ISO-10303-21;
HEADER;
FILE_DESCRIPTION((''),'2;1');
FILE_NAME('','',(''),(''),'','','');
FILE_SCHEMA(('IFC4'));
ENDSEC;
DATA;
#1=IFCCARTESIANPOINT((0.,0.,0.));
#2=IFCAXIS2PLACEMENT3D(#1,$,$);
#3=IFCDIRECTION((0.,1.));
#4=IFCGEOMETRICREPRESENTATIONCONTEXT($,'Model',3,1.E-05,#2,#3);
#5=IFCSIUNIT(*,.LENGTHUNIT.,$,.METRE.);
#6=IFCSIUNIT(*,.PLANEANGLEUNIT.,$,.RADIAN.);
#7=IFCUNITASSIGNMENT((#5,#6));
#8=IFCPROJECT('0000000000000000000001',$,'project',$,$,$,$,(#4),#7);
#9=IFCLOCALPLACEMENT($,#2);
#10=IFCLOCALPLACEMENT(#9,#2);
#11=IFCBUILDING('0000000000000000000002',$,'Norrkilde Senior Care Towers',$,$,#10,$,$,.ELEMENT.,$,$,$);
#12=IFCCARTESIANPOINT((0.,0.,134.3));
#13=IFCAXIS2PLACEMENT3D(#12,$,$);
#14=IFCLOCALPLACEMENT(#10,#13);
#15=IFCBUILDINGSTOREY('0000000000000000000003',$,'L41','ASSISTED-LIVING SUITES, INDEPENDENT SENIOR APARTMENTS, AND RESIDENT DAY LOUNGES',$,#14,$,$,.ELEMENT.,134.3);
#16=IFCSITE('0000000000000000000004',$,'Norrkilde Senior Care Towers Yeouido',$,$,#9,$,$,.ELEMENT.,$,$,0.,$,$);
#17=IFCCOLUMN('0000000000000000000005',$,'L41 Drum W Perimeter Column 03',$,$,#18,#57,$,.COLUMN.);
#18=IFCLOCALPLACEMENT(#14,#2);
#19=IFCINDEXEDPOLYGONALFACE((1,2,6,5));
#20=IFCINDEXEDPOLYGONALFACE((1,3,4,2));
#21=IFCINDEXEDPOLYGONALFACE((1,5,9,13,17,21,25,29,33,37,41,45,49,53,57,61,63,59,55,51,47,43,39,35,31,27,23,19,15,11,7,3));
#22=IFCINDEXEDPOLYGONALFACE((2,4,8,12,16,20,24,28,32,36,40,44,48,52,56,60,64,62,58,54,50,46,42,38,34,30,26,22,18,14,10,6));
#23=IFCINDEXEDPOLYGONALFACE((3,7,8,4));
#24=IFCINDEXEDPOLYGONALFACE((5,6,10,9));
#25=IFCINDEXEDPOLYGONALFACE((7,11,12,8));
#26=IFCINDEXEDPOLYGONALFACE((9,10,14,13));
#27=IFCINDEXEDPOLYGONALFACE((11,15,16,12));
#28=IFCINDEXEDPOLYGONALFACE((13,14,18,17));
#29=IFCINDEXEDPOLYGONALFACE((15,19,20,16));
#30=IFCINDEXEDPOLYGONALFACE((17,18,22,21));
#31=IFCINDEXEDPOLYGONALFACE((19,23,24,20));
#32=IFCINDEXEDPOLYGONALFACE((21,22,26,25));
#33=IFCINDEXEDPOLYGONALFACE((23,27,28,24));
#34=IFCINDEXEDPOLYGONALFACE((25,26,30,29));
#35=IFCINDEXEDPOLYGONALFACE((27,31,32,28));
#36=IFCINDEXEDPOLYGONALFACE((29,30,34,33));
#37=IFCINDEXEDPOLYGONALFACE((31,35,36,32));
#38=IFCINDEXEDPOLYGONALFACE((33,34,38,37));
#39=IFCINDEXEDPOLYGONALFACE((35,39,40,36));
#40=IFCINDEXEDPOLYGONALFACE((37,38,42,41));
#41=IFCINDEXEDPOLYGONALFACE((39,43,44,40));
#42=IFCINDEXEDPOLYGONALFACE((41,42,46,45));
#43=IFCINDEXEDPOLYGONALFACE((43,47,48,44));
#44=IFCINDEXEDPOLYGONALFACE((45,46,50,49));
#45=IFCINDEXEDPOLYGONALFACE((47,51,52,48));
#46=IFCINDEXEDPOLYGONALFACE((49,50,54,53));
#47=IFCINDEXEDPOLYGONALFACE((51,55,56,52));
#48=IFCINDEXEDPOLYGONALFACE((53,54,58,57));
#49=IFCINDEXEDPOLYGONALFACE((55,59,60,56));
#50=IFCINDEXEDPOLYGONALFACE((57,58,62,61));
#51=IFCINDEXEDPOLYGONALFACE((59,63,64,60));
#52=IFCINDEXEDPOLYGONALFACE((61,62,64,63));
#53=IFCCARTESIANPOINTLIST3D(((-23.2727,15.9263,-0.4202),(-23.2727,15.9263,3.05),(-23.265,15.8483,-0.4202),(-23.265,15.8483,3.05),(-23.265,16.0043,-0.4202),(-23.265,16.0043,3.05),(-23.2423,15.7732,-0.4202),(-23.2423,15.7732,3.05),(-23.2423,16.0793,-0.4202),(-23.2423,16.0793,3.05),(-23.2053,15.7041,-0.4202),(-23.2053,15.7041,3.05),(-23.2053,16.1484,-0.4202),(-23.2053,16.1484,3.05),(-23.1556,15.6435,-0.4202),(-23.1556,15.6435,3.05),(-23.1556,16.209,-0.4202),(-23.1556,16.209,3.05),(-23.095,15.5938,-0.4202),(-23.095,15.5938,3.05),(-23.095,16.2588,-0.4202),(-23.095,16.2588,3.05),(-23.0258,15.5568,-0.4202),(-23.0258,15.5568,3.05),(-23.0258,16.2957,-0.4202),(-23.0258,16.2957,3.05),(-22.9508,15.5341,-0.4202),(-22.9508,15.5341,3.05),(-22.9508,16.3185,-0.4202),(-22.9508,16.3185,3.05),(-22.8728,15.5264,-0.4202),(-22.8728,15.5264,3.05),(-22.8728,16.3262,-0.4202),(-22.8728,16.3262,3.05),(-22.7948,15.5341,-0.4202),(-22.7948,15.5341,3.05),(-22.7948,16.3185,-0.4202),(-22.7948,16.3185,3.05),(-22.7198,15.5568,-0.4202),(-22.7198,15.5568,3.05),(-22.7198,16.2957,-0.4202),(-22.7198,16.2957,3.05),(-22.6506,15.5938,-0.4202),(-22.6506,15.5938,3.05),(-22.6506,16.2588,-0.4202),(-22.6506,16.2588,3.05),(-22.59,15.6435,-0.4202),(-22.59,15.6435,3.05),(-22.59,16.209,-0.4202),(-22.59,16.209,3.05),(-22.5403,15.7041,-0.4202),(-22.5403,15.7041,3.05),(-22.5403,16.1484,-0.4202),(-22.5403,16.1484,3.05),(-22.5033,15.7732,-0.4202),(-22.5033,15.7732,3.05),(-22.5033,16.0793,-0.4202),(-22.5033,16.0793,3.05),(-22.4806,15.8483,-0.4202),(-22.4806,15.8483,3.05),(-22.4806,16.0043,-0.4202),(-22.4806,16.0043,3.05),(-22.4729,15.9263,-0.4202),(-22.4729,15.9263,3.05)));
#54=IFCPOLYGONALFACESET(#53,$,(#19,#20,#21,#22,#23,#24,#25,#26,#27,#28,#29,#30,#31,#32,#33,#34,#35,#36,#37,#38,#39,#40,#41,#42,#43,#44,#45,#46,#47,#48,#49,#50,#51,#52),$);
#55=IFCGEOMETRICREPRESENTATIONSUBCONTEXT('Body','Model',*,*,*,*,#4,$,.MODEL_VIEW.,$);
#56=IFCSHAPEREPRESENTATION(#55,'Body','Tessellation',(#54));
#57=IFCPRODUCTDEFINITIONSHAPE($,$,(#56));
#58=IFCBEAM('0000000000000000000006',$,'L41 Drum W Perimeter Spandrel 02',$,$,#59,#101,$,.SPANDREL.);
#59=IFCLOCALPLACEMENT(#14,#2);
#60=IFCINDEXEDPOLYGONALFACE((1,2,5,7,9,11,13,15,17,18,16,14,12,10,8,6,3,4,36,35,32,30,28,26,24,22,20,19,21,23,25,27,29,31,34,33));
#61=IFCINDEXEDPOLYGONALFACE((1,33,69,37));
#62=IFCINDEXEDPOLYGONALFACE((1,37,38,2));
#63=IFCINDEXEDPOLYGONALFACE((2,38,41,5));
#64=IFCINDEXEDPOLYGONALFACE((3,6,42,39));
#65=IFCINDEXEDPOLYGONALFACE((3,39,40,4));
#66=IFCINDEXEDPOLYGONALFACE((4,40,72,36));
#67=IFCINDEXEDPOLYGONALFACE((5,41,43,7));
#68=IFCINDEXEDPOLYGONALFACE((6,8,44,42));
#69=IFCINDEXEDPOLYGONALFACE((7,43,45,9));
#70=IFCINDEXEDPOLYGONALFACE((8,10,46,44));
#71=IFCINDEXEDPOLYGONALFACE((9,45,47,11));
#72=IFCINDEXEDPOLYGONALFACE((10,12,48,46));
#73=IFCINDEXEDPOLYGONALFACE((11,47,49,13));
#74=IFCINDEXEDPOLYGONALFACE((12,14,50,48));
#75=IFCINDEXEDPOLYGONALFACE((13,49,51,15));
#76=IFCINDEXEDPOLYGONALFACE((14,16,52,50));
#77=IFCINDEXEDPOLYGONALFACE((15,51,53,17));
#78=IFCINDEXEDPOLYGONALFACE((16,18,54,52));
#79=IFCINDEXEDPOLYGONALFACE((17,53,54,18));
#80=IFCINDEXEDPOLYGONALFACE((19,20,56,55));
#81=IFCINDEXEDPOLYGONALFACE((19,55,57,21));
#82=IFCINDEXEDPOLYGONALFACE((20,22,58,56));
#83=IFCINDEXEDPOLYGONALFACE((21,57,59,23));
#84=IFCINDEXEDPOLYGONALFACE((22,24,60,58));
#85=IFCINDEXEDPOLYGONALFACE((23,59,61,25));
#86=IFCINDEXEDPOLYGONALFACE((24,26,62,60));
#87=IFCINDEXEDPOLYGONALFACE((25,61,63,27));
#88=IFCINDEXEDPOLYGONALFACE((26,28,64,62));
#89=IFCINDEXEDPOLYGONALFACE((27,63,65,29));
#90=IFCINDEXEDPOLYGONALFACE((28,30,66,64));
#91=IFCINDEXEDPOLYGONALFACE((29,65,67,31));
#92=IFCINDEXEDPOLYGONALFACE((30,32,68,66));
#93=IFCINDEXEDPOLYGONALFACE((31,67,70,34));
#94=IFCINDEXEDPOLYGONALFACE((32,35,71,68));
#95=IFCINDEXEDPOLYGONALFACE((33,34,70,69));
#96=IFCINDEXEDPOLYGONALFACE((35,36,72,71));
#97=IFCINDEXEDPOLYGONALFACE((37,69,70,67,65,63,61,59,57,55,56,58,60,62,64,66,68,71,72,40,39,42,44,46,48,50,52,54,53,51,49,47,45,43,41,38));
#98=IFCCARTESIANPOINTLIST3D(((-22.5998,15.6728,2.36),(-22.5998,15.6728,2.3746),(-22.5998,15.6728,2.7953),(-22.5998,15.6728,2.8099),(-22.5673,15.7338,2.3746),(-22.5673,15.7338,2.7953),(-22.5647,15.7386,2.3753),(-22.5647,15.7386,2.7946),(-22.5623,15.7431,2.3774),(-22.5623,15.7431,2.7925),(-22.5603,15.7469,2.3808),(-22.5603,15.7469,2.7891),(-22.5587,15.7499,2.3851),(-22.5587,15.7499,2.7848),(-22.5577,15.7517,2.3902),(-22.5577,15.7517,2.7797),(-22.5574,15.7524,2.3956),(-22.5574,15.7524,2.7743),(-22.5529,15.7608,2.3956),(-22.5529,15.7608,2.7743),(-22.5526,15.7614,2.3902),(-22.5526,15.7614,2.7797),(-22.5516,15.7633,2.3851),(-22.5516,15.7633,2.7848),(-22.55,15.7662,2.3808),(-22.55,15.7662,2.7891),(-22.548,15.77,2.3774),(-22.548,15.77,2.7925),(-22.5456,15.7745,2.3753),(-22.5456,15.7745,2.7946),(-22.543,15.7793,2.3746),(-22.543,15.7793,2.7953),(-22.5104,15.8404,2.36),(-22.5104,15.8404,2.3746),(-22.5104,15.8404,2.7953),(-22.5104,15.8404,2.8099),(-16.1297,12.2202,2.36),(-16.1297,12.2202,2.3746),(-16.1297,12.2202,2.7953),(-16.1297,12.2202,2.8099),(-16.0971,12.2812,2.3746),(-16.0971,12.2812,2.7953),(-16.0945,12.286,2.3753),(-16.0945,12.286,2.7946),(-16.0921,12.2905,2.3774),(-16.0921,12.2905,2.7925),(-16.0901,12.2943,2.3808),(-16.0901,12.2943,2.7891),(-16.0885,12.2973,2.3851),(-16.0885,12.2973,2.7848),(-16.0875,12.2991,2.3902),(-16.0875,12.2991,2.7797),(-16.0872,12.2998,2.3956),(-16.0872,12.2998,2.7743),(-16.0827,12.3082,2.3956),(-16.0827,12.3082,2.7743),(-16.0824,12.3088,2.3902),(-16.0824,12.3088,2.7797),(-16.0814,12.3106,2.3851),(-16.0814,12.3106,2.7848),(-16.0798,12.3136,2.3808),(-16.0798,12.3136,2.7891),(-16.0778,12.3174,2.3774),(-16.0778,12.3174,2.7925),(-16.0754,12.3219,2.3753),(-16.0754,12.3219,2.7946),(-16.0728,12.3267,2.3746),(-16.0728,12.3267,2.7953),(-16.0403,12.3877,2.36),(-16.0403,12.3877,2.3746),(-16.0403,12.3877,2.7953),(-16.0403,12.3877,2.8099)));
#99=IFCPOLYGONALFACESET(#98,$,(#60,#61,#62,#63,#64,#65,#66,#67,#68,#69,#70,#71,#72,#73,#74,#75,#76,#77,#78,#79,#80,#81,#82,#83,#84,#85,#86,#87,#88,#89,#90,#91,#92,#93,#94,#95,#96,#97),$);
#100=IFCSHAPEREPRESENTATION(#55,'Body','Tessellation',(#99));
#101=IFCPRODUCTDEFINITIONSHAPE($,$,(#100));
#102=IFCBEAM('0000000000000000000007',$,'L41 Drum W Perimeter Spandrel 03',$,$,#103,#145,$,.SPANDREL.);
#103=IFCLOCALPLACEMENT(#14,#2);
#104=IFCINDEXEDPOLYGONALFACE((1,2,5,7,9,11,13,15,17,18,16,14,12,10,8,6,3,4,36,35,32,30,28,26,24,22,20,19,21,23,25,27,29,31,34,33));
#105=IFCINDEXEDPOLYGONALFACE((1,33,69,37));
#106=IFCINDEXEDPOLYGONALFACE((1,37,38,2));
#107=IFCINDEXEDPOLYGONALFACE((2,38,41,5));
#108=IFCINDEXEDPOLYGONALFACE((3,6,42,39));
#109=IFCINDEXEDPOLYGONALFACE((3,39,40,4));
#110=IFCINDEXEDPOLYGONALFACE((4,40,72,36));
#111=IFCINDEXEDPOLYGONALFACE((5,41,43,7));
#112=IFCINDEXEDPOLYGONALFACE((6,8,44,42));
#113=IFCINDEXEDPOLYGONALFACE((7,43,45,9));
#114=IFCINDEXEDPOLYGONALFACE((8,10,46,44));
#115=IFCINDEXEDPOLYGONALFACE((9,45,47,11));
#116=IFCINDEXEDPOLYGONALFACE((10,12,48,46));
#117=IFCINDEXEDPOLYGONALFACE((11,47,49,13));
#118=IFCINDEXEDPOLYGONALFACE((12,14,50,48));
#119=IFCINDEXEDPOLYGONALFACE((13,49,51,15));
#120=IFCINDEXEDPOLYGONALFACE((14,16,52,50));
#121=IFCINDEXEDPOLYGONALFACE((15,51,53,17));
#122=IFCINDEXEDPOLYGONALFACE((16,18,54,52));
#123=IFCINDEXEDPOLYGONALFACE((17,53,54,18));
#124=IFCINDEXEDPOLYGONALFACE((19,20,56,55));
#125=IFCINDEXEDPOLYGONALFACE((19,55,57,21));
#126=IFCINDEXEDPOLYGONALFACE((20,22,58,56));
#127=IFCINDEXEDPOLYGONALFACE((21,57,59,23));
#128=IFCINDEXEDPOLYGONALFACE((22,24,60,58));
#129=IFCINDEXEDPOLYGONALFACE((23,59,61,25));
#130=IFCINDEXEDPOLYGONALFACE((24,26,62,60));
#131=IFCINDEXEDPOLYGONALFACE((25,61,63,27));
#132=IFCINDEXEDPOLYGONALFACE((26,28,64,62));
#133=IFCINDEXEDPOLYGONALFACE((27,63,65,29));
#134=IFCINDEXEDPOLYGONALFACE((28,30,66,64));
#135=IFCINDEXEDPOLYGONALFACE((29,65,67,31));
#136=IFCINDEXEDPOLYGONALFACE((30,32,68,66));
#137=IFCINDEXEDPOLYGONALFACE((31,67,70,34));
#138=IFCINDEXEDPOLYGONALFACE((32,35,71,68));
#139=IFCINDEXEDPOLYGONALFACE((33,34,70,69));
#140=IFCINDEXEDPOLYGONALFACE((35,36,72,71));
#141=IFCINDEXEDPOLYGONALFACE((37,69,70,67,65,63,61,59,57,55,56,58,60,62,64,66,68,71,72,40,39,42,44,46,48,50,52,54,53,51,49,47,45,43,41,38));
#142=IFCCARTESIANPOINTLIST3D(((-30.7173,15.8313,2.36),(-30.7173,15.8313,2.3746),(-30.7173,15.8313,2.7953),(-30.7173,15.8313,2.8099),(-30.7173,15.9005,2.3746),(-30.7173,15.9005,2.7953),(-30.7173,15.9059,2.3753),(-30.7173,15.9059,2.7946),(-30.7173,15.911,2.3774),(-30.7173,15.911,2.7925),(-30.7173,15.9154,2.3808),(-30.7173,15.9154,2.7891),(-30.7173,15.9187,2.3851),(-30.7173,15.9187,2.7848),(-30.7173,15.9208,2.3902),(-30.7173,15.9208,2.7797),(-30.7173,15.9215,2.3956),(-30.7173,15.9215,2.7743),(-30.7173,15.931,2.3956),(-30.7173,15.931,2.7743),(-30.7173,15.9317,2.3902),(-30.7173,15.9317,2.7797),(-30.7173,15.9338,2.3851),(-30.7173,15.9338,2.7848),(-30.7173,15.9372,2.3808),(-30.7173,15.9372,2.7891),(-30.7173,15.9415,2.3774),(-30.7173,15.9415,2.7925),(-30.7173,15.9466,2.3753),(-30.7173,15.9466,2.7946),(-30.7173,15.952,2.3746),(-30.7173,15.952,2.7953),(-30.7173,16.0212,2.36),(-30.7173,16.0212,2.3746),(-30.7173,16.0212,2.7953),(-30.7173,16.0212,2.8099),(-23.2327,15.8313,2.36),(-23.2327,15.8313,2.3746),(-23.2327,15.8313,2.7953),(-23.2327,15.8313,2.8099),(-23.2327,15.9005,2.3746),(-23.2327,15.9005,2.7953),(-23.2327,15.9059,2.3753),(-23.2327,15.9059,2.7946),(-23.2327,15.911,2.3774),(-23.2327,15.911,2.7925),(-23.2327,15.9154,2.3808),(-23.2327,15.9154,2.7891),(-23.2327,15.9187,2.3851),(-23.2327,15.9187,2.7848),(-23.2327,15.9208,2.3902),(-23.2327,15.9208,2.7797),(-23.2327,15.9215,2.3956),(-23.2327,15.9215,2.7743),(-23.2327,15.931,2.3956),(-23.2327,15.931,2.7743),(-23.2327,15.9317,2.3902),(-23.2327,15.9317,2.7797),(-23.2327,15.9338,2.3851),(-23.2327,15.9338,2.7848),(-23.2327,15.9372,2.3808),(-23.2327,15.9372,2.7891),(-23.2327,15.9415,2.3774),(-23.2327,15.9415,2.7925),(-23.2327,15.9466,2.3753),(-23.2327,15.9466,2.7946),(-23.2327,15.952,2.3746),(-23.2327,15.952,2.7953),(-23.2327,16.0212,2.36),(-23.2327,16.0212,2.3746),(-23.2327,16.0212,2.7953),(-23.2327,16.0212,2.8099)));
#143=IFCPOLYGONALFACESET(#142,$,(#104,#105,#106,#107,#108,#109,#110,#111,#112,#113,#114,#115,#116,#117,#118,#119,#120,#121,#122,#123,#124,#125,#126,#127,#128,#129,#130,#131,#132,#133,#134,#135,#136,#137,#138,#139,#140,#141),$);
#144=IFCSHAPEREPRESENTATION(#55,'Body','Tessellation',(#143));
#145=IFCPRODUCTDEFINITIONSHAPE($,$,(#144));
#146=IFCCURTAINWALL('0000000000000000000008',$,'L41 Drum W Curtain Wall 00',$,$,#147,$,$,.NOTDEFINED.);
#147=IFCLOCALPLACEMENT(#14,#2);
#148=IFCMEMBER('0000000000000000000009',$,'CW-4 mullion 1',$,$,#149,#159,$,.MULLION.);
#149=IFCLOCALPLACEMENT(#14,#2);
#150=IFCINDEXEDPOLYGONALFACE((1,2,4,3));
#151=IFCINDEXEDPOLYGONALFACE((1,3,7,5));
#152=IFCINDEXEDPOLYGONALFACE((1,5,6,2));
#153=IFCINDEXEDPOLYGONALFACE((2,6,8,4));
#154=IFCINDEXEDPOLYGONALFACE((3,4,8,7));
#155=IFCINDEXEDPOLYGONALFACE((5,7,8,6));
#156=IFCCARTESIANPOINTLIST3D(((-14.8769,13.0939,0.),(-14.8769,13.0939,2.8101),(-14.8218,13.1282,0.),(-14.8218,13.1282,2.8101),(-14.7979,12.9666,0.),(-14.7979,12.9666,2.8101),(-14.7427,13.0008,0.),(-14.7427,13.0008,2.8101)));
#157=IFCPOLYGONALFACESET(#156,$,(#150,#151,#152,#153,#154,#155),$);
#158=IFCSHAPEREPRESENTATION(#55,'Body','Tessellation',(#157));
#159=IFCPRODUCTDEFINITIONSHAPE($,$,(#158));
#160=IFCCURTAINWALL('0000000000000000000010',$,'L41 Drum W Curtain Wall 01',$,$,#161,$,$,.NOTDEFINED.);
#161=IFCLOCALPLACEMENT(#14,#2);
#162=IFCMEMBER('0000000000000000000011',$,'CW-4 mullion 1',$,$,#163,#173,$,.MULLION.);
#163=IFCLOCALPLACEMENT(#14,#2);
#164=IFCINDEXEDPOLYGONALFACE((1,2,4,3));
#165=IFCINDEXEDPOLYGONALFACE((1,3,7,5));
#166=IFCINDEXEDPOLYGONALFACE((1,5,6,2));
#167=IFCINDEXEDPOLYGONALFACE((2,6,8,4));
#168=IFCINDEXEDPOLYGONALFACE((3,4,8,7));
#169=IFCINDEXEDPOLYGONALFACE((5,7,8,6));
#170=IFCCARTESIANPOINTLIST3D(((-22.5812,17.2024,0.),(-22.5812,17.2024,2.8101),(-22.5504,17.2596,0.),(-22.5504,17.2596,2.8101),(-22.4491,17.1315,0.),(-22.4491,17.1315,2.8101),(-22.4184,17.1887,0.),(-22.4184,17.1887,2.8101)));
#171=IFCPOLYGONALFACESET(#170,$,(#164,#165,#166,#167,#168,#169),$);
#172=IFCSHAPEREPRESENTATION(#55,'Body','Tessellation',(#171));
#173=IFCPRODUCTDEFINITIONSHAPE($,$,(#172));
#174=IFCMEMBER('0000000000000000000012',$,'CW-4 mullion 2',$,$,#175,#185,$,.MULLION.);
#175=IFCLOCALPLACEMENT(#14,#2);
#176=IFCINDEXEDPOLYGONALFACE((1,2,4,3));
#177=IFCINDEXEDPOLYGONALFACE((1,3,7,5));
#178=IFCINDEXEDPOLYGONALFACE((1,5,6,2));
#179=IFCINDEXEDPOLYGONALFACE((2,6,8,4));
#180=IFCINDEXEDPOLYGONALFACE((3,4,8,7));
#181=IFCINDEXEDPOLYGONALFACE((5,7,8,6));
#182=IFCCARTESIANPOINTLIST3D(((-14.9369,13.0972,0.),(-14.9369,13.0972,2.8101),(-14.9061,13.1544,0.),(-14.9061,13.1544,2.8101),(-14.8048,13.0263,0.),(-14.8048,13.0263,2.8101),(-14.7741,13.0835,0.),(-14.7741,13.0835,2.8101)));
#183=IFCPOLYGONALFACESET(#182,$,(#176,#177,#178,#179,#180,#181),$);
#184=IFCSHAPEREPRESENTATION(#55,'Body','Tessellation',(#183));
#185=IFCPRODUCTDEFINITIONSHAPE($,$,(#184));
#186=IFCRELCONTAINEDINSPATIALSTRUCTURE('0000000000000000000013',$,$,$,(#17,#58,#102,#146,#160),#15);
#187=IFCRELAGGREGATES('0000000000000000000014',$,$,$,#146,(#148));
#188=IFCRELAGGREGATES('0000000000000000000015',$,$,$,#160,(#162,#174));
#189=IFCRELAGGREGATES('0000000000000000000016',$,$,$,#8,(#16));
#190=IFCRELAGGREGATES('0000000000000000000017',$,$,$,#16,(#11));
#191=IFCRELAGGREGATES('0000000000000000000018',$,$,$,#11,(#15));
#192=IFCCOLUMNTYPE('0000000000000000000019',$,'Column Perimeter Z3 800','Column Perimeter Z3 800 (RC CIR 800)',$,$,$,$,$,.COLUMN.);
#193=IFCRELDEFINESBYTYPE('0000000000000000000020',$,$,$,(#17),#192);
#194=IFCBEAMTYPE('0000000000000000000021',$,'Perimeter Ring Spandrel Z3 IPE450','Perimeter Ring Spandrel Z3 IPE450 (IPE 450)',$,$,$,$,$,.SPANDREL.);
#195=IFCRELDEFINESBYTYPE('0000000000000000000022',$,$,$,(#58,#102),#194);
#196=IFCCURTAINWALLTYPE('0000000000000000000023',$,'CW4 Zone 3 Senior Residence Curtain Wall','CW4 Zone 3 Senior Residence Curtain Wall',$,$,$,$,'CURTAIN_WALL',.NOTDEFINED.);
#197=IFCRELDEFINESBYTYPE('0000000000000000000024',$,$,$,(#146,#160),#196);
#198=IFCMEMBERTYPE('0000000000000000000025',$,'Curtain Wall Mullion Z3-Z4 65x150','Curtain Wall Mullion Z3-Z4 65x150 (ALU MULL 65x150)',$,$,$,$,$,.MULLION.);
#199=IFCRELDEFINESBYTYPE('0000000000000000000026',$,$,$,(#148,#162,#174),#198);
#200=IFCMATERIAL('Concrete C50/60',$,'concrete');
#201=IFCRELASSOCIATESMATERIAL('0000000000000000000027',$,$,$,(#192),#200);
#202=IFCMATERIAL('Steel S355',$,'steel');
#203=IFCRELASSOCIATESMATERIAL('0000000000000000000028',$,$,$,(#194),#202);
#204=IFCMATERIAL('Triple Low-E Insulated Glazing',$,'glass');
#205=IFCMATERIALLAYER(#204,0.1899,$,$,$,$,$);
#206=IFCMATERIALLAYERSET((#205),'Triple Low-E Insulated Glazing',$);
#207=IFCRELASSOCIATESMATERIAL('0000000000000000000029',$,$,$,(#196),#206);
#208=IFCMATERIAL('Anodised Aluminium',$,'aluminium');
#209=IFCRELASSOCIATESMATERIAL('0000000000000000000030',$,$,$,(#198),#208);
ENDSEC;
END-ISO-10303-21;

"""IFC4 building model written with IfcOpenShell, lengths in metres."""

from ifc_helpers import new_model, si_unit, direction, frame, origin, origin_2d, place, context, subcontext, project, spatial, rectangle, circle, i_section, extrude, source, transform, mapped, material, layer, layer_set, material_profile, profile_set, type_object, type_shapes, element, aggregate, save


model = new_model("IFC4")

# Units and contexts
model_context = context("Model", 3, precision=1e-05, world=origin(), true_north=direction((0.0, 1.0)))
body_context = subcontext(model_context, "Body", "Model", "MODEL_VIEW")
ifc_project = project(units=[si_unit("LENGTHUNIT", "METRE"), si_unit("PLANEANGLEUNIT", "RADIAN")], contexts=[model_context])

# Site, building, storey
site_placement = place(None, origin())
site = spatial("IfcSite", under=ifc_project, at=site_placement, Name="Norrkilde Senior Care Towers Yeouido", CompositionType="ELEMENT", RefElevation=0.0)
building_placement = place(site_placement, origin())
building = spatial("IfcBuilding", under=site, at=building_placement, Name="Norrkilde Senior Care Towers", CompositionType="ELEMENT")
storey_placement = place(building_placement, frame((0.0, 0.0, 134.3)))
storey = spatial("IfcBuildingStorey", under=building, at=storey_placement, Name="L41", Description="ASSISTED-LIVING SUITES, INDEPENDENT SENIOR APARTMENTS, AND RESIDENT DAY LOUNGES", CompositionType="ELEMENT", Elevation=134.3)

# Column
ifc_material_1 = material(Name="Concrete C50/60", Category="concrete")
ifc_material_profile_1 = material_profile(ifc_material_1, circle(Radius=0.3999, at=origin_2d()), Name="RC CIR 800")
ifc_profile_set_1 = profile_set([ifc_material_profile_1], Name="Concrete C50/60")
column_type = type_object("IfcColumnType", Name="Column Perimeter Z3 800", Description="Column Perimeter Z3 800 (RC CIR 800)", PredefinedType="COLUMN", material=ifc_profile_set_1)
shared_shape_1 = source(origin(), body_context, "Body", "SweptSolid", [
    extrude(circle(Radius=0.3999, at=origin_2d()), origin(), (0.0, 0.0, 1.0), 3.4702),
])
type_shapes(column_type, [shared_shape_1])
column_placement = place(storey_placement, frame((-22.8728, 15.9263, -0.4202), z_axis=(0.0, 0.0, 1.0), x_axis=(1.0, 0.0, 0.0)))
element("IfcColumn", 1, at=column_placement, inside=storey, type_object=column_type, Name="L41 Drum W Perimeter Column 03", PredefinedType="COLUMN", context=body_context, shape_type="MappedRepresentation", body=[
    mapped(shared_shape_1, transform((0.0, 0.0, 0.0), x_axis=(1.0, 0.0, 0.0), y_axis=(0.0, 1.0, 0.0), z_axis=(0.0, 0.0, 1.0), scale=1.0)),
])

# Beams
ifc_material_2 = material(Name="Steel S355", Category="steel")
ifc_material_profile_2 = material_profile(ifc_material_2, i_section(OverallWidth=0.1899, OverallDepth=0.45, WebThickness=0.0095, FlangeThickness=0.0146, FilletRadius=0.021, at=origin_2d()), Name="IPE 450")
ifc_profile_set_2 = profile_set([ifc_material_profile_2], Name="Steel S355")
beam_type = type_object("IfcBeamType", Name="Perimeter Ring Spandrel Z3 IPE450", Description="Perimeter Ring Spandrel Z3 IPE450 (IPE 450)", PredefinedType="SPANDREL", material=ifc_profile_set_2)
shared_shape_2 = source(origin(), body_context, "Body", "SweptSolid", [
    extrude(i_section(OverallWidth=0.1899, OverallDepth=0.45, WebThickness=0.0095, FlangeThickness=0.0146, FilletRadius=0.021, at=origin_2d()), origin(), (0.0, 0.0, 1.0), 7.3337),
])
beam_1_placement = place(storey_placement, frame((-16.085, 12.304, 2.585), z_axis=(-0.882248, 0.470785, 0.0), x_axis=(-0.470785, -0.882248, 0.0)))
element("IfcBeam", 2, at=beam_1_placement, inside=storey, type_object=beam_type, Name="L41 Drum W Perimeter Spandrel 02", PredefinedType="SPANDREL", context=body_context, shape_type="MappedRepresentation", body=[
    mapped(shared_shape_2, transform((0.0, 0.0, 0.0), x_axis=(1.0, 0.0, 0.0), y_axis=(0.0, 1.0, 0.0), z_axis=(0.0, 0.0, 1.0), scale=1.0)),
])
shared_shape_3 = source(origin(), body_context, "Body", "SweptSolid", [
    extrude(i_section(OverallWidth=0.1899, OverallDepth=0.45, WebThickness=0.0095, FlangeThickness=0.0146, FilletRadius=0.021, at=origin_2d()), origin(), (0.0, 0.0, 1.0), 7.4846),
])
type_shapes(beam_type, [shared_shape_2, shared_shape_3])
beam_2_placement = place(storey_placement, frame((-23.2327, 15.9263, 2.585), z_axis=(-1.0, 0.0, 0.0), x_axis=(0.0, -1.0, 0.0)))
element("IfcBeam", 3, at=beam_2_placement, inside=storey, type_object=beam_type, Name="L41 Drum W Perimeter Spandrel 03", PredefinedType="SPANDREL", context=body_context, shape_type="MappedRepresentation", body=[
    mapped(shared_shape_3, transform((0.0, 0.0, 0.0), x_axis=(1.0, 0.0, 0.0), y_axis=(0.0, 1.0, 0.0), z_axis=(0.0, 0.0, 1.0), scale=1.0)),
])

# Curtain wall, member
ifc_material_3 = material(Name="Triple Low-E Insulated Glazing", Category="glass")
ifc_layer_1 = layer(ifc_material_3, 0.1899)
ifc_layer_set_1 = layer_set([ifc_layer_1], Name="Triple Low-E Insulated Glazing")
curtain_wall_type = type_object("IfcCurtainWallType", Name="CW4 Zone 3 Senior Residence Curtain Wall", Description="CW4 Zone 3 Senior Residence Curtain Wall", ElementType="CURTAIN_WALL", PredefinedType="NOTDEFINED", material=ifc_layer_set_1)
curtain_wall_1_placement = place(storey_placement, origin())
curtain_wall_1 = element("IfcCurtainWall", 4, at=curtain_wall_1_placement, inside=storey, type_object=curtain_wall_type, Name="L41 Drum W Curtain Wall 00", PredefinedType="NOTDEFINED")
ifc_material_4 = material(Name="Anodised Aluminium", Category="aluminium")
ifc_material_profile_3 = material_profile(ifc_material_4, rectangle(XDim=0.0649, YDim=0.1499, at=origin_2d()), Name="ALU MULL 65x150")
ifc_profile_set_3 = profile_set([ifc_material_profile_3], Name="Anodised Aluminium")
member_type_1 = type_object("IfcMemberType", Name="Curtain Wall Mullion Z3-Z4 65x150", Description="Curtain Wall Mullion Z3-Z4 65x150 (ALU MULL 65x150)", PredefinedType="MULLION", material=ifc_profile_set_3)
shared_shape_4 = source(origin(), body_context, "Body", "SweptSolid", [
    extrude(rectangle(XDim=0.0649, YDim=0.1499, at=origin_2d()), origin(), (0.0, 0.0, 1.0), 2.8101),
])
type_shapes(member_type_1, [shared_shape_4])
member_1_placement = place(storey_placement, frame((-14.8098, 13.0474, 0.0), z_axis=(0.0, 0.0, 1.0), x_axis=(0.849634, 0.527373, 0.0)))
member_1 = element("IfcMember", 5, at=member_1_placement, type_object=member_type_1, Name="CW-4 mullion 1", PredefinedType="MULLION", context=body_context, shape_type="MappedRepresentation", body=[
    mapped(shared_shape_4, transform((0.0, 0.0, 0.0), x_axis=(1.0, 0.0, 0.0), y_axis=(0.0, 1.0, 0.0), z_axis=(0.0, 0.0, 1.0), scale=1.0)),
])

# Curtain wall, members
curtain_wall_2_placement = place(storey_placement, origin())
curtain_wall_2 = element("IfcCurtainWall", 6, at=curtain_wall_2_placement, inside=storey, type_object=curtain_wall_type, Name="L41 Drum W Curtain Wall 01", PredefinedType="NOTDEFINED")
member_2_placement = place(storey_placement, frame((-22.4998, 17.1956, 0.0), z_axis=(0.0, 0.0, 1.0), x_axis=(0.473117, 0.881, 0.0)))
member_2 = element("IfcMember", 7, at=member_2_placement, type_object=member_type_1, Name="CW-4 mullion 1", PredefinedType="MULLION", context=body_context, shape_type="MappedRepresentation", body=[
    mapped(shared_shape_4, transform((0.0, 0.0, 0.0), x_axis=(1.0, 0.0, 0.0), y_axis=(0.0, 1.0, 0.0), z_axis=(0.0, 0.0, 1.0), scale=1.0)),
])
member_3_placement = place(storey_placement, frame((-14.8555, 13.0903, 0.0), z_axis=(0.0, 0.0, 1.0), x_axis=(0.473117, 0.881, 0.0)))
member_3 = element("IfcMember", 8, at=member_3_placement, type_object=member_type_1, Name="CW-4 mullion 2", PredefinedType="MULLION", context=body_context, shape_type="MappedRepresentation", body=[
    mapped(shared_shape_4, transform((0.0, 0.0, 0.0), x_axis=(1.0, 0.0, 0.0), y_axis=(0.0, 1.0, 0.0), z_axis=(0.0, 0.0, 1.0), scale=1.0)),
])

aggregate(curtain_wall_1, [member_1])

aggregate(curtain_wall_2, [member_2, member_3])

save(model, "model.ifc")
